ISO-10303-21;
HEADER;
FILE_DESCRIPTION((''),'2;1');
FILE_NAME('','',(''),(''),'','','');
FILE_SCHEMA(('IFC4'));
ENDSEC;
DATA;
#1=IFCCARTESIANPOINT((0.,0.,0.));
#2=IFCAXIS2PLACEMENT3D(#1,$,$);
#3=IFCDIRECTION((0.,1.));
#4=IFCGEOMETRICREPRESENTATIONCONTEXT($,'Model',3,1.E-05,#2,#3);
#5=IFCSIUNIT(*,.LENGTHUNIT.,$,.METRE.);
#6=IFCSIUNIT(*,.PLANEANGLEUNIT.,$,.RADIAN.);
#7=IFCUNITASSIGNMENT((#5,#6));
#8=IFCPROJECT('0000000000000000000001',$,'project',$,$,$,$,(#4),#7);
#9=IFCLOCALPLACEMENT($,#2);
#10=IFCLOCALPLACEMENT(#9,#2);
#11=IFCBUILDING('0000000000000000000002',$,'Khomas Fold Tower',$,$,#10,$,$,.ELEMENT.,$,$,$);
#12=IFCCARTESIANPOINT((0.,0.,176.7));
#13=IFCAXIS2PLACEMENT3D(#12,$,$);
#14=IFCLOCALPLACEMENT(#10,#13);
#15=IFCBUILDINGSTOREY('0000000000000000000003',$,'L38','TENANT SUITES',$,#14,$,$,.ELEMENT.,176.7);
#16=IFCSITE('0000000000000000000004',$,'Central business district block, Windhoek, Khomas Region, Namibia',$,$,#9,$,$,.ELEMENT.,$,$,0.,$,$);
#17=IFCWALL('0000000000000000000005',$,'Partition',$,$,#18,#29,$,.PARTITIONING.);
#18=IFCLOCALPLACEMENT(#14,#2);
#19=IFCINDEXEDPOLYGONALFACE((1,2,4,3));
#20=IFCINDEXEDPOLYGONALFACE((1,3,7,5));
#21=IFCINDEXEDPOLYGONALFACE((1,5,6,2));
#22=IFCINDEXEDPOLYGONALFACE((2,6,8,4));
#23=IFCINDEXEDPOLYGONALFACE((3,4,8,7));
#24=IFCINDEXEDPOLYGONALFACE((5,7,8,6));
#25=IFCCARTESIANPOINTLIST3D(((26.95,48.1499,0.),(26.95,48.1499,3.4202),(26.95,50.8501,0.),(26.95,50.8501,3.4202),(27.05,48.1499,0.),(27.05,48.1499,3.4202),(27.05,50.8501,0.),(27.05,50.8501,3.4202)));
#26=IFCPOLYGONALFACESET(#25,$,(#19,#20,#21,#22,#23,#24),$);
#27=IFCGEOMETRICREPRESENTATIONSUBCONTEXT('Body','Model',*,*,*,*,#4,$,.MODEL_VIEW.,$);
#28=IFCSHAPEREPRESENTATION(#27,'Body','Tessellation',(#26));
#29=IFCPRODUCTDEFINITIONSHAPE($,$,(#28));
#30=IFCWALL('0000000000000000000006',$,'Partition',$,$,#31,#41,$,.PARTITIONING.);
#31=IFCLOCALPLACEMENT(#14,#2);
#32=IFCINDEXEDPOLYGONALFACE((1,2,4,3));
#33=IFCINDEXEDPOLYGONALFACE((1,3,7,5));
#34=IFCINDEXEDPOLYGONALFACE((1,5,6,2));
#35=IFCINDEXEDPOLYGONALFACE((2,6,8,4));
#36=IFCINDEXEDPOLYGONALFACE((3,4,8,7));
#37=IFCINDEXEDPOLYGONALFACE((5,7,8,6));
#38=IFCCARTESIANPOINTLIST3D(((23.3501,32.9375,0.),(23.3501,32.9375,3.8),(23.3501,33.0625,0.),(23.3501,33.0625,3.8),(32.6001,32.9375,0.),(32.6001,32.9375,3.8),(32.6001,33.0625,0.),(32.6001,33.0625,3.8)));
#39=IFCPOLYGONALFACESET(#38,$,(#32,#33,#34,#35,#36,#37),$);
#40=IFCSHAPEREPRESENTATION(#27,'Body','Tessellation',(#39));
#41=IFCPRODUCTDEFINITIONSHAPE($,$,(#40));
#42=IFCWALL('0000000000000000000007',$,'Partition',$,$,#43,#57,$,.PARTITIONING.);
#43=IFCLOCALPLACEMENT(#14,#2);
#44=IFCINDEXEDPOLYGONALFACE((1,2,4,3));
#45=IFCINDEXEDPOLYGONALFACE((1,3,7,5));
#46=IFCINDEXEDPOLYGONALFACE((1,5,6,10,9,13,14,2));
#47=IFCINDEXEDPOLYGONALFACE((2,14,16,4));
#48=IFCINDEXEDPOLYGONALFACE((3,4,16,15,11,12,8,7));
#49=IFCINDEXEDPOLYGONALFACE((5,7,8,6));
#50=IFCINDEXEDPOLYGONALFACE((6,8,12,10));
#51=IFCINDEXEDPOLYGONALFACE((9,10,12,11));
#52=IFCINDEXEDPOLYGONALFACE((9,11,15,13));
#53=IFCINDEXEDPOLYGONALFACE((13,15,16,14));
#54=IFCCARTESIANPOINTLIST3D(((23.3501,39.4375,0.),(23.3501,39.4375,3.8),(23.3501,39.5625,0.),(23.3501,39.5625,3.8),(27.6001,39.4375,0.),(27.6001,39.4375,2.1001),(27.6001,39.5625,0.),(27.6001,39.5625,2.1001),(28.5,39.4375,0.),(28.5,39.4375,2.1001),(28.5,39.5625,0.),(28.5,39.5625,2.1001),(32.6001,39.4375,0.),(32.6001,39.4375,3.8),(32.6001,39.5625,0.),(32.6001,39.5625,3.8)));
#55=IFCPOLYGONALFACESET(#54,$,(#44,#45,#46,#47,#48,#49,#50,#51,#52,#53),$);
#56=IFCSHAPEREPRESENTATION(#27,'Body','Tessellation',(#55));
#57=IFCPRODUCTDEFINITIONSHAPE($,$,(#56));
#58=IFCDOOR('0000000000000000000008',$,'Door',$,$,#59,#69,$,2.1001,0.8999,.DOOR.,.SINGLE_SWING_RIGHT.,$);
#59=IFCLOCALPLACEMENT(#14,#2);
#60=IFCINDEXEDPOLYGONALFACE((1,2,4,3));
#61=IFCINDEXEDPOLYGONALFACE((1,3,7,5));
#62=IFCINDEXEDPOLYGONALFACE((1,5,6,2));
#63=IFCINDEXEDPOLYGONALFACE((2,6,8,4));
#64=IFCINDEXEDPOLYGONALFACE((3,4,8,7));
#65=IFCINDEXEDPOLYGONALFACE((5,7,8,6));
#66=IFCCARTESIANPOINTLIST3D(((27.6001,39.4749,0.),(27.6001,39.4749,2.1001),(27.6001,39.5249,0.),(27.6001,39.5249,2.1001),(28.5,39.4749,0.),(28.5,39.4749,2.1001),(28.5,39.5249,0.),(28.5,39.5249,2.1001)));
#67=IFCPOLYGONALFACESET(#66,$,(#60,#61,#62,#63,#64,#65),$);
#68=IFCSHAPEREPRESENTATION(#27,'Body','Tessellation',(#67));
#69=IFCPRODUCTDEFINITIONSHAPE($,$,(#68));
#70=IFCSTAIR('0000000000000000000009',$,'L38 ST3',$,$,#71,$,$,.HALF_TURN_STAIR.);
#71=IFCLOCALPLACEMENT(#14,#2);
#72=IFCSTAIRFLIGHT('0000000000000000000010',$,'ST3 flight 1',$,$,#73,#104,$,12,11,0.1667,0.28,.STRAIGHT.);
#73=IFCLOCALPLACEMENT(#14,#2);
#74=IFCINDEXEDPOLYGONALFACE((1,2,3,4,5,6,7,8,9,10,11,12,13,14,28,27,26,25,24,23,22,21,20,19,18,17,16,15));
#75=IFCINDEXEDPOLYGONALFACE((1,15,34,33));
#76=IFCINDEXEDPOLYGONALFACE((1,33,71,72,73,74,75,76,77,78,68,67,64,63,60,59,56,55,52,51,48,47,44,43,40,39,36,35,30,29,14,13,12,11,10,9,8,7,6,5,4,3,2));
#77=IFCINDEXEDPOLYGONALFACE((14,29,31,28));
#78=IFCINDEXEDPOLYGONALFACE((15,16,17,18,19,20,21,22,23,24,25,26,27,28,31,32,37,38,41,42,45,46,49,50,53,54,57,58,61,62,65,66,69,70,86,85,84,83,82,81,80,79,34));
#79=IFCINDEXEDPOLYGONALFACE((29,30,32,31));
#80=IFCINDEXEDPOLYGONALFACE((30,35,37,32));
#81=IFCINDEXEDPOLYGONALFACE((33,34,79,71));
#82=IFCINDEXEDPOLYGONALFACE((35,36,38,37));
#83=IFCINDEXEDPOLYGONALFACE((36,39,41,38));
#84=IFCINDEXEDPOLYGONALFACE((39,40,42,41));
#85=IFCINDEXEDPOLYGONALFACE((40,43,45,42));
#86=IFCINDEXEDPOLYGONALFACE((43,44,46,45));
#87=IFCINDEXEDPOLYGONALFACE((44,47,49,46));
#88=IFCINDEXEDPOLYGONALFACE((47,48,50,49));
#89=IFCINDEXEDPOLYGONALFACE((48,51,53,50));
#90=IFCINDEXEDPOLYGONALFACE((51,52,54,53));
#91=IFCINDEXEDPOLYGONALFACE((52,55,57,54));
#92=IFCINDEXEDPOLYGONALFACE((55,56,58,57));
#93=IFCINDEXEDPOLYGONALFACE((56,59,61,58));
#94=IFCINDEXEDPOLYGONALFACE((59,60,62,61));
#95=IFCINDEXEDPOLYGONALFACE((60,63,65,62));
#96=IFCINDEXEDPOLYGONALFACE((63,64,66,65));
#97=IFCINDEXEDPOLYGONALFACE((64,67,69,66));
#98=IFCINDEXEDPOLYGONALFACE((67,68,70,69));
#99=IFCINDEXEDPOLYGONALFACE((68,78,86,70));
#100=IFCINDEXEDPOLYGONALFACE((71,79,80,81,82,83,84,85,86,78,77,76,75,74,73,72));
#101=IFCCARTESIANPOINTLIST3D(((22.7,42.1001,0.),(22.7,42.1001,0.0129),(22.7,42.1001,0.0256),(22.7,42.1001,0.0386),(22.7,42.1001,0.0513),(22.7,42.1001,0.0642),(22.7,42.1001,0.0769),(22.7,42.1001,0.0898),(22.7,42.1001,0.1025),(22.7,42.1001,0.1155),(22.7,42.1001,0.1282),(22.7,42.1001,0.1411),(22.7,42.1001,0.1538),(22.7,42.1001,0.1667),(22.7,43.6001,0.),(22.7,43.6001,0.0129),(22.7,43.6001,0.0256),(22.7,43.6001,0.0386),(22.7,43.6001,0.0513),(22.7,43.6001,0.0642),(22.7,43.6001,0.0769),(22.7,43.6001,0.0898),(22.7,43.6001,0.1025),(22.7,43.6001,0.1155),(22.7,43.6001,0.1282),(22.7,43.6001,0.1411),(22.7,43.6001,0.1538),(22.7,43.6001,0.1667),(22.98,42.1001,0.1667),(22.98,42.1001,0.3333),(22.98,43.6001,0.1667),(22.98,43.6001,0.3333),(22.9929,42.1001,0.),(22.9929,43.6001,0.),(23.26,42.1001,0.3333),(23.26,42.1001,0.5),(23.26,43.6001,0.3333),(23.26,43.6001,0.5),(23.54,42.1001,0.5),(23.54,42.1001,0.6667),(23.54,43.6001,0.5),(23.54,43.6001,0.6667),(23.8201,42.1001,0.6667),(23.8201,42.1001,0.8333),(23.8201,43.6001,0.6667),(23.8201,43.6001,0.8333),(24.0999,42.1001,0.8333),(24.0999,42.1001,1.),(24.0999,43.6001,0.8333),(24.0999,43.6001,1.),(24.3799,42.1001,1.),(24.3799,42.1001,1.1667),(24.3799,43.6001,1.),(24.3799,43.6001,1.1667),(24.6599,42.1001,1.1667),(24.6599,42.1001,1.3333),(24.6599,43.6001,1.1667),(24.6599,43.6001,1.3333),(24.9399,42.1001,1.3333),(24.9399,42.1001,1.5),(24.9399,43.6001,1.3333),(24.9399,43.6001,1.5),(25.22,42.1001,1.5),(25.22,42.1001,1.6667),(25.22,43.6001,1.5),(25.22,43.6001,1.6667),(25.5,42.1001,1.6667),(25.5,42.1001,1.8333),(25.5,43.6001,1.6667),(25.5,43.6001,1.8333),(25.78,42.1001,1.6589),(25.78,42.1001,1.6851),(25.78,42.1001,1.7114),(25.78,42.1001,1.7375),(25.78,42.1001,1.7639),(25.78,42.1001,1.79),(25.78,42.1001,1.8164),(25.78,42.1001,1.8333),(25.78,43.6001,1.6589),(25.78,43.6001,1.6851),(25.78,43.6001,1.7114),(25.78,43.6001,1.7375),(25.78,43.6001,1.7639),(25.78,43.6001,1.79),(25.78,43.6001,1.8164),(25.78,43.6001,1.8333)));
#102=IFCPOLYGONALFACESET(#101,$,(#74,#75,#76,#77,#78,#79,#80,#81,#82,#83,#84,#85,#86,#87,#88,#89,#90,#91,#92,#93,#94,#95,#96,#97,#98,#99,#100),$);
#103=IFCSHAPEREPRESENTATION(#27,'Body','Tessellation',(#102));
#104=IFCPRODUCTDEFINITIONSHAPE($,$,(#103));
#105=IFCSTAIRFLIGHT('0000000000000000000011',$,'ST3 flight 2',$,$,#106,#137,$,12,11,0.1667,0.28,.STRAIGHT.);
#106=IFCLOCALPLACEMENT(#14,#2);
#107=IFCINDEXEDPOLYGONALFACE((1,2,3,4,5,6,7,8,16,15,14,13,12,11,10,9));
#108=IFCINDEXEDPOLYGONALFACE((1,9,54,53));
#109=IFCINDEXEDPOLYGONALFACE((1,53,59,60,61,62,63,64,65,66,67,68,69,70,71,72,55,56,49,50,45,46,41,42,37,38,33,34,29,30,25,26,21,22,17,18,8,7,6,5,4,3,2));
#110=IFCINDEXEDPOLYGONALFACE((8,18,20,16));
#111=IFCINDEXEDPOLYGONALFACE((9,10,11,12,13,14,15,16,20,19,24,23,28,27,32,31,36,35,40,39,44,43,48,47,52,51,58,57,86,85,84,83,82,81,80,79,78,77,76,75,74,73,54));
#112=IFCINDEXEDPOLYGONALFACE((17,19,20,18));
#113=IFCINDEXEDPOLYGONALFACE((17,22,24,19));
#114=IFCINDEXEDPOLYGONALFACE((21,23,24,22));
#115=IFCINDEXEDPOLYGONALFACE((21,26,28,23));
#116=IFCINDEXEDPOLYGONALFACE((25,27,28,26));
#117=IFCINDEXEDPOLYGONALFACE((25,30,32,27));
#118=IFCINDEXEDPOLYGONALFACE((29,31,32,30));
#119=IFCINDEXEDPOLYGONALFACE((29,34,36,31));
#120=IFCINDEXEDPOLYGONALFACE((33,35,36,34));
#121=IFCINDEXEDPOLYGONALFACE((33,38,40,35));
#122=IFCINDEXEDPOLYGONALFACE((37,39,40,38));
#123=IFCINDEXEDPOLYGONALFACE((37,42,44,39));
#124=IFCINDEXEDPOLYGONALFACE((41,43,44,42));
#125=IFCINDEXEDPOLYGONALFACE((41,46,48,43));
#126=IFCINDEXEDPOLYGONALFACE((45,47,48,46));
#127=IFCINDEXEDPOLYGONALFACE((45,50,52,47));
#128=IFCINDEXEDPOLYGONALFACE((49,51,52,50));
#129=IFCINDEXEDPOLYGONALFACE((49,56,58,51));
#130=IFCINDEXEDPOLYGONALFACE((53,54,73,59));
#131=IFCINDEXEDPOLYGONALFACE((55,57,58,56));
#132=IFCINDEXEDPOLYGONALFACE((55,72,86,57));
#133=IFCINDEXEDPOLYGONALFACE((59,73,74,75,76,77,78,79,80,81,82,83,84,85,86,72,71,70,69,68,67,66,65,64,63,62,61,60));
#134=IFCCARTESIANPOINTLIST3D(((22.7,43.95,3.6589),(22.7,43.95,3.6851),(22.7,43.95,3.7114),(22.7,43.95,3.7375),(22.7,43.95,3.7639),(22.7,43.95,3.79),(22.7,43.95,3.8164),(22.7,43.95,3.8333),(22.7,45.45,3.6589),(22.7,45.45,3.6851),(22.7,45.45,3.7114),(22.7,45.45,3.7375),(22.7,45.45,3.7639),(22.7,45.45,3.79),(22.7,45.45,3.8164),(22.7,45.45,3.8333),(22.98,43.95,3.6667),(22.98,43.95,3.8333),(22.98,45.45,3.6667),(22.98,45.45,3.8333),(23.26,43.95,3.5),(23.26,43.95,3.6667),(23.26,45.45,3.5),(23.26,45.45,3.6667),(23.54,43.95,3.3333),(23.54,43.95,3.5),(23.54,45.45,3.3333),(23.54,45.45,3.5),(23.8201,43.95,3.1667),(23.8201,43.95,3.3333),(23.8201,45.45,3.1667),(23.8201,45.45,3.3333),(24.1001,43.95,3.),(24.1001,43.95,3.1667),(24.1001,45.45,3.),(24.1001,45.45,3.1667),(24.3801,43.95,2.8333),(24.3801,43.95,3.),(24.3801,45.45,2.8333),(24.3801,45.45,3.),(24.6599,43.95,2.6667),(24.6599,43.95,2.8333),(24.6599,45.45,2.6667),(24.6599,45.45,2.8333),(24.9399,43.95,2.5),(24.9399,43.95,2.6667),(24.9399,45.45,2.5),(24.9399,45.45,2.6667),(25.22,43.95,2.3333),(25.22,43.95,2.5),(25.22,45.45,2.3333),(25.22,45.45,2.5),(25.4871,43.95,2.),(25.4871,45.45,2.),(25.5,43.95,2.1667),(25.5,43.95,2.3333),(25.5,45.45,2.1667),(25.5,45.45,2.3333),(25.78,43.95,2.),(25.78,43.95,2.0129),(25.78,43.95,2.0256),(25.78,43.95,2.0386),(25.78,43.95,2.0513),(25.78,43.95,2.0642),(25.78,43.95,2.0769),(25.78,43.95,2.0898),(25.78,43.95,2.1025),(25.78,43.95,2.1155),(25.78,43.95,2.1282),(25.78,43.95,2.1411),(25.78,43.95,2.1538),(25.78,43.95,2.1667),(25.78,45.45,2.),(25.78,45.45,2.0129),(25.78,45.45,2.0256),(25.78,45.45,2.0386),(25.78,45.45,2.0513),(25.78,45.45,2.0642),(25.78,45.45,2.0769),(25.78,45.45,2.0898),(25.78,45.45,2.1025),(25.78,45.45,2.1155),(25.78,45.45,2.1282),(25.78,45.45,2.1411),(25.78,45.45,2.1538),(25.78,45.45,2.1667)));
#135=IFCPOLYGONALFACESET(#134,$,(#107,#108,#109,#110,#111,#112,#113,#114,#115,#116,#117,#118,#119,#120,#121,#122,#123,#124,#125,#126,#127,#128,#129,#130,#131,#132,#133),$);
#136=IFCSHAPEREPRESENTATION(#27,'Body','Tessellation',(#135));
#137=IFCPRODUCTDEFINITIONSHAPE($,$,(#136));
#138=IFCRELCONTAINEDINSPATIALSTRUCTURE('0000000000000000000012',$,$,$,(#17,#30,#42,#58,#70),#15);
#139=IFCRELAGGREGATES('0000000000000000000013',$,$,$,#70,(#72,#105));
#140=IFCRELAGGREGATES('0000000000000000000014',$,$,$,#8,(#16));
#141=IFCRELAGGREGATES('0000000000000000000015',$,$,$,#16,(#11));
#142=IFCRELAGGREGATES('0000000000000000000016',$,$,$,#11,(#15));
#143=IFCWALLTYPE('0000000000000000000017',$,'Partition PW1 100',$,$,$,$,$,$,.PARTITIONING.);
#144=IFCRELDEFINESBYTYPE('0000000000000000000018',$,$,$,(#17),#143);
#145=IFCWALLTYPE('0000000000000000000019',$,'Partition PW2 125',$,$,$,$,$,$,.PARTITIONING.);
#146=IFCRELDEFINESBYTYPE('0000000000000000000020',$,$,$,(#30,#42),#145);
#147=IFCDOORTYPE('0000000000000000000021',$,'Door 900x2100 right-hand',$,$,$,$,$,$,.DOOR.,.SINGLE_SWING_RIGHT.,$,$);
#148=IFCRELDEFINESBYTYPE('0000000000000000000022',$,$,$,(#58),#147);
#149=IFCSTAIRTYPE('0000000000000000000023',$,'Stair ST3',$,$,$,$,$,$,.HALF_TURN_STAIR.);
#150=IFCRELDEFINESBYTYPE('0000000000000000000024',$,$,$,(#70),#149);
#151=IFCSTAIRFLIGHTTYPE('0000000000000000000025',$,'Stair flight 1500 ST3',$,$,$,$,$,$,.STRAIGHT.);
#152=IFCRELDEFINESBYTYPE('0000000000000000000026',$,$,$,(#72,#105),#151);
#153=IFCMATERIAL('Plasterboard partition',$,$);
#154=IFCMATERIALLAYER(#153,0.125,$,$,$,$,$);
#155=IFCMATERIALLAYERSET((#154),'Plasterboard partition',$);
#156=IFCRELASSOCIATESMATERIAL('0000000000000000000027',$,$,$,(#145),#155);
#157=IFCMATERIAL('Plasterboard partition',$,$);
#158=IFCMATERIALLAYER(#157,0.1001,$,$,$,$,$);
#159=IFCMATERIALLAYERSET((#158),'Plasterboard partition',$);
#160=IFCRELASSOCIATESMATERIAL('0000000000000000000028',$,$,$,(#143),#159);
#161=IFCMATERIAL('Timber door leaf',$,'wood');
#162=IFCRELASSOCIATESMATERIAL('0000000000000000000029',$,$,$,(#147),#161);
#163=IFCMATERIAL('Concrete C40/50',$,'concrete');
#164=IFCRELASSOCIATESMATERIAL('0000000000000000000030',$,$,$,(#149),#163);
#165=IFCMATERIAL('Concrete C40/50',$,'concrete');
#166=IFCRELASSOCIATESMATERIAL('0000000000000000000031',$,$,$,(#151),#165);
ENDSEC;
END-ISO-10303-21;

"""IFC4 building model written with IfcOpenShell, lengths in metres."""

from ifc_helpers import new_model, si_unit, direction, frame, frame_2d, origin, place, context, subcontext, project, spatial, polyline, rectangle, outline, extrude, source, transform, mapped, material, layer, layer_set, type_object, element, fill, aggregate, save


model = new_model("IFC4")

# Units and contexts
model_context = context("Model", 3, precision=1e-05, world=origin(), true_north=direction((0.0, 1.0)))
body_context = subcontext(model_context, "Body", "Model", "MODEL_VIEW")
ifc_project = project(units=[si_unit("LENGTHUNIT", "METRE"), si_unit("PLANEANGLEUNIT", "RADIAN")], contexts=[model_context])

# Site, building, storey
site_placement = place(None, origin())
site = spatial("IfcSite", under=ifc_project, at=site_placement, Name="Central business district block, Windhoek, Khomas Region, Namibia", CompositionType="ELEMENT", RefElevation=0.0)
building_placement = place(site_placement, origin())
building = spatial("IfcBuilding", under=site, at=building_placement, Name="Khomas Fold Tower", CompositionType="ELEMENT")
storey_placement = place(building_placement, frame((0.0, 0.0, 176.7)))
storey = spatial("IfcBuildingStorey", under=building, at=storey_placement, Name="L38", Description="TENANT SUITES", CompositionType="ELEMENT", Elevation=176.7)

# Walls
ifc_material_1 = material(Name="Plasterboard partition")
ifc_layer_1 = layer(ifc_material_1, 0.125)
ifc_layer_set_1 = layer_set([ifc_layer_1], Name="Plasterboard partition")
wall_type_1 = type_object("IfcWallType", Name="Partition PW2 125", PredefinedType="PARTITIONING", material=ifc_layer_set_1)
ifc_material_2 = material(Name="Plasterboard partition")
ifc_layer_2 = layer(ifc_material_2, 0.1001)
ifc_layer_set_2 = layer_set([ifc_layer_2], Name="Plasterboard partition")
wall_type_2 = type_object("IfcWallType", Name="Partition PW1 100", PredefinedType="PARTITIONING", material=ifc_layer_set_2)
shared_shape_1 = source(origin(), body_context, "Body", "SweptSolid", [
    extrude(rectangle(XDim=2.7002, YDim=0.1001, at=frame_2d((1.3501, 0.0))), origin(), (0.0, 0.0, 1.0), 3.4202),
])
wall_1_placement = place(storey_placement, frame((27.0, 48.1499, 0.0), z_axis=(0.0, 0.0, 1.0), x_axis=(0.0, 1.0, 0.0)))
element("IfcWall", 1, at=wall_1_placement, inside=storey, type_object=wall_type_2, Name="Partition", PredefinedType="PARTITIONING", context=body_context, shape_type="MappedRepresentation", body=[
    mapped(shared_shape_1, transform((0.0, 0.0, 0.0))),
])
shared_shape_2 = source(origin(), body_context, "Body", "SweptSolid", [
    extrude(rectangle(XDim=9.25, YDim=0.125, at=frame_2d((4.625, 0.0))), origin(), (0.0, 0.0, 1.0), 3.8),
])
wall_2_placement = place(storey_placement, frame((23.3501, 33.0, 0.0), z_axis=(0.0, 0.0, 1.0), x_axis=(1.0, 0.0, 0.0)))
element("IfcWall", 2, at=wall_2_placement, inside=storey, type_object=wall_type_1, Name="Partition", PredefinedType="PARTITIONING", context=body_context, shape_type="MappedRepresentation", body=[
    mapped(shared_shape_2, transform((0.0, 0.0, 0.0))),
])

# Wall, opening, door
wall_3_placement = place(storey_placement, frame((23.3501, 39.5, 0.0), z_axis=(0.0, 0.0, 1.0), x_axis=(1.0, 0.0, 0.0)))
wall_3 = element("IfcWall", 3, at=wall_3_placement, inside=storey, type_object=wall_type_1, Name="Partition", PredefinedType="PARTITIONING", context=body_context, shape_type="MappedRepresentation", body=[
    mapped(shared_shape_2, transform((0.0, 0.0, 0.0))),
])
shared_shape_3 = source(origin(), body_context, "Body", "SweptSolid", [
    extrude(rectangle(XDim=0.8999, YDim=2.1001, at=frame_2d((0.45, 1.05))), frame((0.0, 0.0725, 0.0), z_axis=(0.0, -1.0, 0.0), x_axis=(1.0, 0.0, 0.0)), (0.0, 0.0, 1.0), 0.145),
])
opening_1_placement = place(wall_3_placement, frame((4.25, 0.0, 0.0)))
opening_1 = element("IfcOpeningElement", 4, at=opening_1_placement, cuts=wall_3, PredefinedType="OPENING", context=body_context, shape_type="MappedRepresentation", body=[
    mapped(shared_shape_3, transform((0.0, 0.0, 0.0))),
])
ifc_material_3 = material(Name="Timber door leaf", Category="wood")
door_type_1 = type_object("IfcDoorType", Name="Door 900x2100 right-hand", OperationType="SINGLE_SWING_RIGHT", PredefinedType="DOOR", material=ifc_material_3)
shared_shape_4 = source(origin(), body_context, "Body", "SweptSolid", [
    extrude(rectangle(XDim=0.8999, YDim=2.1001, at=frame_2d((0.45, 1.05))), frame((0.0, 0.0249, 0.0), z_axis=(0.0, -1.0, 0.0), x_axis=(1.0, 0.0, 0.0)), (0.0, 0.0, 1.0), 0.05),
])
door_1_placement = place(opening_1_placement, origin())
door_1 = element("IfcDoor", 5, at=door_1_placement, inside=storey, type_object=door_type_1, Name="Door", OperationType="SINGLE_SWING_RIGHT", OverallHeight=2.1001, OverallWidth=0.8999, PredefinedType="DOOR", context=body_context, shape_type="MappedRepresentation", body=[
    mapped(shared_shape_4, transform((0.0, 0.0, 0.0))),
])
fill(opening_1, door_1)

# Stair, stair flights
ifc_material_4 = material(Name="Concrete C40/50", Category="concrete")
stair_type = type_object("IfcStairType", Name="Stair ST3", PredefinedType="HALF_TURN_STAIR", material=ifc_material_4)
stair_placement = place(storey_placement, origin())
stair = element("IfcStair", 6, at=stair_placement, inside=storey, type_object=stair_type, Name="L38 ST3", PredefinedType="HALF_TURN_STAIR")
ifc_material_5 = material(Name="Concrete C40/50", Category="concrete")
stair_flight_type = type_object("IfcStairFlightType", Name="Stair flight 1500 ST3", PredefinedType="STRAIGHT", material=ifc_material_5)
shared_shape_5 = source(origin(), body_context, "Body", "SweptSolid", [
    extrude(outline(polyline([(0.0, 0.0), (0.0, 0.0129), (0.0, 0.0256), (0.0, 0.0386), (0.0, 0.0513), (0.0, 0.0642), (0.0, 0.0769), (0.0, 0.0898), (0.0, 0.1025), (0.0, 0.1155), (0.0, 0.1282), (0.0, 0.1411), (0.0, 0.1538), (0.0, 0.1667), (0.28, 0.1667), (0.28, 0.3333), (0.5601, 0.3333), (0.5601, 0.5), (0.8401, 0.5), (0.8401, 0.6667), (1.1201, 0.6667), (1.1201, 0.8333), (1.3999, 0.8333), (1.3999, 1.0), (1.6799, 1.0), (1.6799, 1.1667), (1.96, 1.1667), (1.96, 1.3333), (2.24, 1.3333), (2.24, 1.5), (2.52, 1.5), (2.52, 1.6667), (2.8, 1.6667), (2.8, 1.8333), (3.0801, 1.8333), (3.0801, 2.0), (3.0801, 1.9739), (3.0801, 1.9475), (3.0801, 1.9214), (3.0801, 1.895), (3.0801, 1.8689), (3.0801, 1.8425), (3.0801, 1.8164), (3.0801, 1.79), (3.0801, 1.7639), (3.0801, 1.7375), (3.0801, 1.7114), (3.0801, 1.6851), (3.0801, 1.6589), (0.293, 0.0), (0.0, 0.0)])), frame((0.0, 0.75, 0.0), z_axis=(0.0, -1.0, 0.0), x_axis=(1.0, 0.0, 0.0)), (0.0, 0.0, 1.0), 1.5),
])
stair_flight_1_placement = place(storey_placement, frame((22.7, 42.8501, 0.0), z_axis=(0.0, 0.0, 1.0), x_axis=(1.0, 0.0, 0.0)))
stair_flight_1 = element("IfcStairFlight", 7, at=stair_flight_1_placement, type_object=stair_flight_type, Name="ST3 flight 1", NumberOfRisers=12, NumberOfTreads=11, PredefinedType="STRAIGHT", RiserHeight=0.1667, TreadLength=0.28, context=body_context, shape_type="MappedRepresentation", body=[
    mapped(shared_shape_5, transform((0.0, 0.0, 0.0))),
])
stair_flight_2_placement = place(storey_placement, frame((25.78, 44.7, 2.0), z_axis=(0.0, 0.0, 1.0), x_axis=(-1.0, 0.0, 0.0)))
stair_flight_2 = element("IfcStairFlight", 8, at=stair_flight_2_placement, type_object=stair_flight_type, Name="ST3 flight 2", NumberOfRisers=12, NumberOfTreads=11, PredefinedType="STRAIGHT", RiserHeight=0.1667, TreadLength=0.28, context=body_context, shape_type="MappedRepresentation", body=[
    mapped(shared_shape_5, transform((0.0, 0.0, 0.0))),
])
aggregate(stair, [stair_flight_1, stair_flight_2])

save(model, "model.ifc")
